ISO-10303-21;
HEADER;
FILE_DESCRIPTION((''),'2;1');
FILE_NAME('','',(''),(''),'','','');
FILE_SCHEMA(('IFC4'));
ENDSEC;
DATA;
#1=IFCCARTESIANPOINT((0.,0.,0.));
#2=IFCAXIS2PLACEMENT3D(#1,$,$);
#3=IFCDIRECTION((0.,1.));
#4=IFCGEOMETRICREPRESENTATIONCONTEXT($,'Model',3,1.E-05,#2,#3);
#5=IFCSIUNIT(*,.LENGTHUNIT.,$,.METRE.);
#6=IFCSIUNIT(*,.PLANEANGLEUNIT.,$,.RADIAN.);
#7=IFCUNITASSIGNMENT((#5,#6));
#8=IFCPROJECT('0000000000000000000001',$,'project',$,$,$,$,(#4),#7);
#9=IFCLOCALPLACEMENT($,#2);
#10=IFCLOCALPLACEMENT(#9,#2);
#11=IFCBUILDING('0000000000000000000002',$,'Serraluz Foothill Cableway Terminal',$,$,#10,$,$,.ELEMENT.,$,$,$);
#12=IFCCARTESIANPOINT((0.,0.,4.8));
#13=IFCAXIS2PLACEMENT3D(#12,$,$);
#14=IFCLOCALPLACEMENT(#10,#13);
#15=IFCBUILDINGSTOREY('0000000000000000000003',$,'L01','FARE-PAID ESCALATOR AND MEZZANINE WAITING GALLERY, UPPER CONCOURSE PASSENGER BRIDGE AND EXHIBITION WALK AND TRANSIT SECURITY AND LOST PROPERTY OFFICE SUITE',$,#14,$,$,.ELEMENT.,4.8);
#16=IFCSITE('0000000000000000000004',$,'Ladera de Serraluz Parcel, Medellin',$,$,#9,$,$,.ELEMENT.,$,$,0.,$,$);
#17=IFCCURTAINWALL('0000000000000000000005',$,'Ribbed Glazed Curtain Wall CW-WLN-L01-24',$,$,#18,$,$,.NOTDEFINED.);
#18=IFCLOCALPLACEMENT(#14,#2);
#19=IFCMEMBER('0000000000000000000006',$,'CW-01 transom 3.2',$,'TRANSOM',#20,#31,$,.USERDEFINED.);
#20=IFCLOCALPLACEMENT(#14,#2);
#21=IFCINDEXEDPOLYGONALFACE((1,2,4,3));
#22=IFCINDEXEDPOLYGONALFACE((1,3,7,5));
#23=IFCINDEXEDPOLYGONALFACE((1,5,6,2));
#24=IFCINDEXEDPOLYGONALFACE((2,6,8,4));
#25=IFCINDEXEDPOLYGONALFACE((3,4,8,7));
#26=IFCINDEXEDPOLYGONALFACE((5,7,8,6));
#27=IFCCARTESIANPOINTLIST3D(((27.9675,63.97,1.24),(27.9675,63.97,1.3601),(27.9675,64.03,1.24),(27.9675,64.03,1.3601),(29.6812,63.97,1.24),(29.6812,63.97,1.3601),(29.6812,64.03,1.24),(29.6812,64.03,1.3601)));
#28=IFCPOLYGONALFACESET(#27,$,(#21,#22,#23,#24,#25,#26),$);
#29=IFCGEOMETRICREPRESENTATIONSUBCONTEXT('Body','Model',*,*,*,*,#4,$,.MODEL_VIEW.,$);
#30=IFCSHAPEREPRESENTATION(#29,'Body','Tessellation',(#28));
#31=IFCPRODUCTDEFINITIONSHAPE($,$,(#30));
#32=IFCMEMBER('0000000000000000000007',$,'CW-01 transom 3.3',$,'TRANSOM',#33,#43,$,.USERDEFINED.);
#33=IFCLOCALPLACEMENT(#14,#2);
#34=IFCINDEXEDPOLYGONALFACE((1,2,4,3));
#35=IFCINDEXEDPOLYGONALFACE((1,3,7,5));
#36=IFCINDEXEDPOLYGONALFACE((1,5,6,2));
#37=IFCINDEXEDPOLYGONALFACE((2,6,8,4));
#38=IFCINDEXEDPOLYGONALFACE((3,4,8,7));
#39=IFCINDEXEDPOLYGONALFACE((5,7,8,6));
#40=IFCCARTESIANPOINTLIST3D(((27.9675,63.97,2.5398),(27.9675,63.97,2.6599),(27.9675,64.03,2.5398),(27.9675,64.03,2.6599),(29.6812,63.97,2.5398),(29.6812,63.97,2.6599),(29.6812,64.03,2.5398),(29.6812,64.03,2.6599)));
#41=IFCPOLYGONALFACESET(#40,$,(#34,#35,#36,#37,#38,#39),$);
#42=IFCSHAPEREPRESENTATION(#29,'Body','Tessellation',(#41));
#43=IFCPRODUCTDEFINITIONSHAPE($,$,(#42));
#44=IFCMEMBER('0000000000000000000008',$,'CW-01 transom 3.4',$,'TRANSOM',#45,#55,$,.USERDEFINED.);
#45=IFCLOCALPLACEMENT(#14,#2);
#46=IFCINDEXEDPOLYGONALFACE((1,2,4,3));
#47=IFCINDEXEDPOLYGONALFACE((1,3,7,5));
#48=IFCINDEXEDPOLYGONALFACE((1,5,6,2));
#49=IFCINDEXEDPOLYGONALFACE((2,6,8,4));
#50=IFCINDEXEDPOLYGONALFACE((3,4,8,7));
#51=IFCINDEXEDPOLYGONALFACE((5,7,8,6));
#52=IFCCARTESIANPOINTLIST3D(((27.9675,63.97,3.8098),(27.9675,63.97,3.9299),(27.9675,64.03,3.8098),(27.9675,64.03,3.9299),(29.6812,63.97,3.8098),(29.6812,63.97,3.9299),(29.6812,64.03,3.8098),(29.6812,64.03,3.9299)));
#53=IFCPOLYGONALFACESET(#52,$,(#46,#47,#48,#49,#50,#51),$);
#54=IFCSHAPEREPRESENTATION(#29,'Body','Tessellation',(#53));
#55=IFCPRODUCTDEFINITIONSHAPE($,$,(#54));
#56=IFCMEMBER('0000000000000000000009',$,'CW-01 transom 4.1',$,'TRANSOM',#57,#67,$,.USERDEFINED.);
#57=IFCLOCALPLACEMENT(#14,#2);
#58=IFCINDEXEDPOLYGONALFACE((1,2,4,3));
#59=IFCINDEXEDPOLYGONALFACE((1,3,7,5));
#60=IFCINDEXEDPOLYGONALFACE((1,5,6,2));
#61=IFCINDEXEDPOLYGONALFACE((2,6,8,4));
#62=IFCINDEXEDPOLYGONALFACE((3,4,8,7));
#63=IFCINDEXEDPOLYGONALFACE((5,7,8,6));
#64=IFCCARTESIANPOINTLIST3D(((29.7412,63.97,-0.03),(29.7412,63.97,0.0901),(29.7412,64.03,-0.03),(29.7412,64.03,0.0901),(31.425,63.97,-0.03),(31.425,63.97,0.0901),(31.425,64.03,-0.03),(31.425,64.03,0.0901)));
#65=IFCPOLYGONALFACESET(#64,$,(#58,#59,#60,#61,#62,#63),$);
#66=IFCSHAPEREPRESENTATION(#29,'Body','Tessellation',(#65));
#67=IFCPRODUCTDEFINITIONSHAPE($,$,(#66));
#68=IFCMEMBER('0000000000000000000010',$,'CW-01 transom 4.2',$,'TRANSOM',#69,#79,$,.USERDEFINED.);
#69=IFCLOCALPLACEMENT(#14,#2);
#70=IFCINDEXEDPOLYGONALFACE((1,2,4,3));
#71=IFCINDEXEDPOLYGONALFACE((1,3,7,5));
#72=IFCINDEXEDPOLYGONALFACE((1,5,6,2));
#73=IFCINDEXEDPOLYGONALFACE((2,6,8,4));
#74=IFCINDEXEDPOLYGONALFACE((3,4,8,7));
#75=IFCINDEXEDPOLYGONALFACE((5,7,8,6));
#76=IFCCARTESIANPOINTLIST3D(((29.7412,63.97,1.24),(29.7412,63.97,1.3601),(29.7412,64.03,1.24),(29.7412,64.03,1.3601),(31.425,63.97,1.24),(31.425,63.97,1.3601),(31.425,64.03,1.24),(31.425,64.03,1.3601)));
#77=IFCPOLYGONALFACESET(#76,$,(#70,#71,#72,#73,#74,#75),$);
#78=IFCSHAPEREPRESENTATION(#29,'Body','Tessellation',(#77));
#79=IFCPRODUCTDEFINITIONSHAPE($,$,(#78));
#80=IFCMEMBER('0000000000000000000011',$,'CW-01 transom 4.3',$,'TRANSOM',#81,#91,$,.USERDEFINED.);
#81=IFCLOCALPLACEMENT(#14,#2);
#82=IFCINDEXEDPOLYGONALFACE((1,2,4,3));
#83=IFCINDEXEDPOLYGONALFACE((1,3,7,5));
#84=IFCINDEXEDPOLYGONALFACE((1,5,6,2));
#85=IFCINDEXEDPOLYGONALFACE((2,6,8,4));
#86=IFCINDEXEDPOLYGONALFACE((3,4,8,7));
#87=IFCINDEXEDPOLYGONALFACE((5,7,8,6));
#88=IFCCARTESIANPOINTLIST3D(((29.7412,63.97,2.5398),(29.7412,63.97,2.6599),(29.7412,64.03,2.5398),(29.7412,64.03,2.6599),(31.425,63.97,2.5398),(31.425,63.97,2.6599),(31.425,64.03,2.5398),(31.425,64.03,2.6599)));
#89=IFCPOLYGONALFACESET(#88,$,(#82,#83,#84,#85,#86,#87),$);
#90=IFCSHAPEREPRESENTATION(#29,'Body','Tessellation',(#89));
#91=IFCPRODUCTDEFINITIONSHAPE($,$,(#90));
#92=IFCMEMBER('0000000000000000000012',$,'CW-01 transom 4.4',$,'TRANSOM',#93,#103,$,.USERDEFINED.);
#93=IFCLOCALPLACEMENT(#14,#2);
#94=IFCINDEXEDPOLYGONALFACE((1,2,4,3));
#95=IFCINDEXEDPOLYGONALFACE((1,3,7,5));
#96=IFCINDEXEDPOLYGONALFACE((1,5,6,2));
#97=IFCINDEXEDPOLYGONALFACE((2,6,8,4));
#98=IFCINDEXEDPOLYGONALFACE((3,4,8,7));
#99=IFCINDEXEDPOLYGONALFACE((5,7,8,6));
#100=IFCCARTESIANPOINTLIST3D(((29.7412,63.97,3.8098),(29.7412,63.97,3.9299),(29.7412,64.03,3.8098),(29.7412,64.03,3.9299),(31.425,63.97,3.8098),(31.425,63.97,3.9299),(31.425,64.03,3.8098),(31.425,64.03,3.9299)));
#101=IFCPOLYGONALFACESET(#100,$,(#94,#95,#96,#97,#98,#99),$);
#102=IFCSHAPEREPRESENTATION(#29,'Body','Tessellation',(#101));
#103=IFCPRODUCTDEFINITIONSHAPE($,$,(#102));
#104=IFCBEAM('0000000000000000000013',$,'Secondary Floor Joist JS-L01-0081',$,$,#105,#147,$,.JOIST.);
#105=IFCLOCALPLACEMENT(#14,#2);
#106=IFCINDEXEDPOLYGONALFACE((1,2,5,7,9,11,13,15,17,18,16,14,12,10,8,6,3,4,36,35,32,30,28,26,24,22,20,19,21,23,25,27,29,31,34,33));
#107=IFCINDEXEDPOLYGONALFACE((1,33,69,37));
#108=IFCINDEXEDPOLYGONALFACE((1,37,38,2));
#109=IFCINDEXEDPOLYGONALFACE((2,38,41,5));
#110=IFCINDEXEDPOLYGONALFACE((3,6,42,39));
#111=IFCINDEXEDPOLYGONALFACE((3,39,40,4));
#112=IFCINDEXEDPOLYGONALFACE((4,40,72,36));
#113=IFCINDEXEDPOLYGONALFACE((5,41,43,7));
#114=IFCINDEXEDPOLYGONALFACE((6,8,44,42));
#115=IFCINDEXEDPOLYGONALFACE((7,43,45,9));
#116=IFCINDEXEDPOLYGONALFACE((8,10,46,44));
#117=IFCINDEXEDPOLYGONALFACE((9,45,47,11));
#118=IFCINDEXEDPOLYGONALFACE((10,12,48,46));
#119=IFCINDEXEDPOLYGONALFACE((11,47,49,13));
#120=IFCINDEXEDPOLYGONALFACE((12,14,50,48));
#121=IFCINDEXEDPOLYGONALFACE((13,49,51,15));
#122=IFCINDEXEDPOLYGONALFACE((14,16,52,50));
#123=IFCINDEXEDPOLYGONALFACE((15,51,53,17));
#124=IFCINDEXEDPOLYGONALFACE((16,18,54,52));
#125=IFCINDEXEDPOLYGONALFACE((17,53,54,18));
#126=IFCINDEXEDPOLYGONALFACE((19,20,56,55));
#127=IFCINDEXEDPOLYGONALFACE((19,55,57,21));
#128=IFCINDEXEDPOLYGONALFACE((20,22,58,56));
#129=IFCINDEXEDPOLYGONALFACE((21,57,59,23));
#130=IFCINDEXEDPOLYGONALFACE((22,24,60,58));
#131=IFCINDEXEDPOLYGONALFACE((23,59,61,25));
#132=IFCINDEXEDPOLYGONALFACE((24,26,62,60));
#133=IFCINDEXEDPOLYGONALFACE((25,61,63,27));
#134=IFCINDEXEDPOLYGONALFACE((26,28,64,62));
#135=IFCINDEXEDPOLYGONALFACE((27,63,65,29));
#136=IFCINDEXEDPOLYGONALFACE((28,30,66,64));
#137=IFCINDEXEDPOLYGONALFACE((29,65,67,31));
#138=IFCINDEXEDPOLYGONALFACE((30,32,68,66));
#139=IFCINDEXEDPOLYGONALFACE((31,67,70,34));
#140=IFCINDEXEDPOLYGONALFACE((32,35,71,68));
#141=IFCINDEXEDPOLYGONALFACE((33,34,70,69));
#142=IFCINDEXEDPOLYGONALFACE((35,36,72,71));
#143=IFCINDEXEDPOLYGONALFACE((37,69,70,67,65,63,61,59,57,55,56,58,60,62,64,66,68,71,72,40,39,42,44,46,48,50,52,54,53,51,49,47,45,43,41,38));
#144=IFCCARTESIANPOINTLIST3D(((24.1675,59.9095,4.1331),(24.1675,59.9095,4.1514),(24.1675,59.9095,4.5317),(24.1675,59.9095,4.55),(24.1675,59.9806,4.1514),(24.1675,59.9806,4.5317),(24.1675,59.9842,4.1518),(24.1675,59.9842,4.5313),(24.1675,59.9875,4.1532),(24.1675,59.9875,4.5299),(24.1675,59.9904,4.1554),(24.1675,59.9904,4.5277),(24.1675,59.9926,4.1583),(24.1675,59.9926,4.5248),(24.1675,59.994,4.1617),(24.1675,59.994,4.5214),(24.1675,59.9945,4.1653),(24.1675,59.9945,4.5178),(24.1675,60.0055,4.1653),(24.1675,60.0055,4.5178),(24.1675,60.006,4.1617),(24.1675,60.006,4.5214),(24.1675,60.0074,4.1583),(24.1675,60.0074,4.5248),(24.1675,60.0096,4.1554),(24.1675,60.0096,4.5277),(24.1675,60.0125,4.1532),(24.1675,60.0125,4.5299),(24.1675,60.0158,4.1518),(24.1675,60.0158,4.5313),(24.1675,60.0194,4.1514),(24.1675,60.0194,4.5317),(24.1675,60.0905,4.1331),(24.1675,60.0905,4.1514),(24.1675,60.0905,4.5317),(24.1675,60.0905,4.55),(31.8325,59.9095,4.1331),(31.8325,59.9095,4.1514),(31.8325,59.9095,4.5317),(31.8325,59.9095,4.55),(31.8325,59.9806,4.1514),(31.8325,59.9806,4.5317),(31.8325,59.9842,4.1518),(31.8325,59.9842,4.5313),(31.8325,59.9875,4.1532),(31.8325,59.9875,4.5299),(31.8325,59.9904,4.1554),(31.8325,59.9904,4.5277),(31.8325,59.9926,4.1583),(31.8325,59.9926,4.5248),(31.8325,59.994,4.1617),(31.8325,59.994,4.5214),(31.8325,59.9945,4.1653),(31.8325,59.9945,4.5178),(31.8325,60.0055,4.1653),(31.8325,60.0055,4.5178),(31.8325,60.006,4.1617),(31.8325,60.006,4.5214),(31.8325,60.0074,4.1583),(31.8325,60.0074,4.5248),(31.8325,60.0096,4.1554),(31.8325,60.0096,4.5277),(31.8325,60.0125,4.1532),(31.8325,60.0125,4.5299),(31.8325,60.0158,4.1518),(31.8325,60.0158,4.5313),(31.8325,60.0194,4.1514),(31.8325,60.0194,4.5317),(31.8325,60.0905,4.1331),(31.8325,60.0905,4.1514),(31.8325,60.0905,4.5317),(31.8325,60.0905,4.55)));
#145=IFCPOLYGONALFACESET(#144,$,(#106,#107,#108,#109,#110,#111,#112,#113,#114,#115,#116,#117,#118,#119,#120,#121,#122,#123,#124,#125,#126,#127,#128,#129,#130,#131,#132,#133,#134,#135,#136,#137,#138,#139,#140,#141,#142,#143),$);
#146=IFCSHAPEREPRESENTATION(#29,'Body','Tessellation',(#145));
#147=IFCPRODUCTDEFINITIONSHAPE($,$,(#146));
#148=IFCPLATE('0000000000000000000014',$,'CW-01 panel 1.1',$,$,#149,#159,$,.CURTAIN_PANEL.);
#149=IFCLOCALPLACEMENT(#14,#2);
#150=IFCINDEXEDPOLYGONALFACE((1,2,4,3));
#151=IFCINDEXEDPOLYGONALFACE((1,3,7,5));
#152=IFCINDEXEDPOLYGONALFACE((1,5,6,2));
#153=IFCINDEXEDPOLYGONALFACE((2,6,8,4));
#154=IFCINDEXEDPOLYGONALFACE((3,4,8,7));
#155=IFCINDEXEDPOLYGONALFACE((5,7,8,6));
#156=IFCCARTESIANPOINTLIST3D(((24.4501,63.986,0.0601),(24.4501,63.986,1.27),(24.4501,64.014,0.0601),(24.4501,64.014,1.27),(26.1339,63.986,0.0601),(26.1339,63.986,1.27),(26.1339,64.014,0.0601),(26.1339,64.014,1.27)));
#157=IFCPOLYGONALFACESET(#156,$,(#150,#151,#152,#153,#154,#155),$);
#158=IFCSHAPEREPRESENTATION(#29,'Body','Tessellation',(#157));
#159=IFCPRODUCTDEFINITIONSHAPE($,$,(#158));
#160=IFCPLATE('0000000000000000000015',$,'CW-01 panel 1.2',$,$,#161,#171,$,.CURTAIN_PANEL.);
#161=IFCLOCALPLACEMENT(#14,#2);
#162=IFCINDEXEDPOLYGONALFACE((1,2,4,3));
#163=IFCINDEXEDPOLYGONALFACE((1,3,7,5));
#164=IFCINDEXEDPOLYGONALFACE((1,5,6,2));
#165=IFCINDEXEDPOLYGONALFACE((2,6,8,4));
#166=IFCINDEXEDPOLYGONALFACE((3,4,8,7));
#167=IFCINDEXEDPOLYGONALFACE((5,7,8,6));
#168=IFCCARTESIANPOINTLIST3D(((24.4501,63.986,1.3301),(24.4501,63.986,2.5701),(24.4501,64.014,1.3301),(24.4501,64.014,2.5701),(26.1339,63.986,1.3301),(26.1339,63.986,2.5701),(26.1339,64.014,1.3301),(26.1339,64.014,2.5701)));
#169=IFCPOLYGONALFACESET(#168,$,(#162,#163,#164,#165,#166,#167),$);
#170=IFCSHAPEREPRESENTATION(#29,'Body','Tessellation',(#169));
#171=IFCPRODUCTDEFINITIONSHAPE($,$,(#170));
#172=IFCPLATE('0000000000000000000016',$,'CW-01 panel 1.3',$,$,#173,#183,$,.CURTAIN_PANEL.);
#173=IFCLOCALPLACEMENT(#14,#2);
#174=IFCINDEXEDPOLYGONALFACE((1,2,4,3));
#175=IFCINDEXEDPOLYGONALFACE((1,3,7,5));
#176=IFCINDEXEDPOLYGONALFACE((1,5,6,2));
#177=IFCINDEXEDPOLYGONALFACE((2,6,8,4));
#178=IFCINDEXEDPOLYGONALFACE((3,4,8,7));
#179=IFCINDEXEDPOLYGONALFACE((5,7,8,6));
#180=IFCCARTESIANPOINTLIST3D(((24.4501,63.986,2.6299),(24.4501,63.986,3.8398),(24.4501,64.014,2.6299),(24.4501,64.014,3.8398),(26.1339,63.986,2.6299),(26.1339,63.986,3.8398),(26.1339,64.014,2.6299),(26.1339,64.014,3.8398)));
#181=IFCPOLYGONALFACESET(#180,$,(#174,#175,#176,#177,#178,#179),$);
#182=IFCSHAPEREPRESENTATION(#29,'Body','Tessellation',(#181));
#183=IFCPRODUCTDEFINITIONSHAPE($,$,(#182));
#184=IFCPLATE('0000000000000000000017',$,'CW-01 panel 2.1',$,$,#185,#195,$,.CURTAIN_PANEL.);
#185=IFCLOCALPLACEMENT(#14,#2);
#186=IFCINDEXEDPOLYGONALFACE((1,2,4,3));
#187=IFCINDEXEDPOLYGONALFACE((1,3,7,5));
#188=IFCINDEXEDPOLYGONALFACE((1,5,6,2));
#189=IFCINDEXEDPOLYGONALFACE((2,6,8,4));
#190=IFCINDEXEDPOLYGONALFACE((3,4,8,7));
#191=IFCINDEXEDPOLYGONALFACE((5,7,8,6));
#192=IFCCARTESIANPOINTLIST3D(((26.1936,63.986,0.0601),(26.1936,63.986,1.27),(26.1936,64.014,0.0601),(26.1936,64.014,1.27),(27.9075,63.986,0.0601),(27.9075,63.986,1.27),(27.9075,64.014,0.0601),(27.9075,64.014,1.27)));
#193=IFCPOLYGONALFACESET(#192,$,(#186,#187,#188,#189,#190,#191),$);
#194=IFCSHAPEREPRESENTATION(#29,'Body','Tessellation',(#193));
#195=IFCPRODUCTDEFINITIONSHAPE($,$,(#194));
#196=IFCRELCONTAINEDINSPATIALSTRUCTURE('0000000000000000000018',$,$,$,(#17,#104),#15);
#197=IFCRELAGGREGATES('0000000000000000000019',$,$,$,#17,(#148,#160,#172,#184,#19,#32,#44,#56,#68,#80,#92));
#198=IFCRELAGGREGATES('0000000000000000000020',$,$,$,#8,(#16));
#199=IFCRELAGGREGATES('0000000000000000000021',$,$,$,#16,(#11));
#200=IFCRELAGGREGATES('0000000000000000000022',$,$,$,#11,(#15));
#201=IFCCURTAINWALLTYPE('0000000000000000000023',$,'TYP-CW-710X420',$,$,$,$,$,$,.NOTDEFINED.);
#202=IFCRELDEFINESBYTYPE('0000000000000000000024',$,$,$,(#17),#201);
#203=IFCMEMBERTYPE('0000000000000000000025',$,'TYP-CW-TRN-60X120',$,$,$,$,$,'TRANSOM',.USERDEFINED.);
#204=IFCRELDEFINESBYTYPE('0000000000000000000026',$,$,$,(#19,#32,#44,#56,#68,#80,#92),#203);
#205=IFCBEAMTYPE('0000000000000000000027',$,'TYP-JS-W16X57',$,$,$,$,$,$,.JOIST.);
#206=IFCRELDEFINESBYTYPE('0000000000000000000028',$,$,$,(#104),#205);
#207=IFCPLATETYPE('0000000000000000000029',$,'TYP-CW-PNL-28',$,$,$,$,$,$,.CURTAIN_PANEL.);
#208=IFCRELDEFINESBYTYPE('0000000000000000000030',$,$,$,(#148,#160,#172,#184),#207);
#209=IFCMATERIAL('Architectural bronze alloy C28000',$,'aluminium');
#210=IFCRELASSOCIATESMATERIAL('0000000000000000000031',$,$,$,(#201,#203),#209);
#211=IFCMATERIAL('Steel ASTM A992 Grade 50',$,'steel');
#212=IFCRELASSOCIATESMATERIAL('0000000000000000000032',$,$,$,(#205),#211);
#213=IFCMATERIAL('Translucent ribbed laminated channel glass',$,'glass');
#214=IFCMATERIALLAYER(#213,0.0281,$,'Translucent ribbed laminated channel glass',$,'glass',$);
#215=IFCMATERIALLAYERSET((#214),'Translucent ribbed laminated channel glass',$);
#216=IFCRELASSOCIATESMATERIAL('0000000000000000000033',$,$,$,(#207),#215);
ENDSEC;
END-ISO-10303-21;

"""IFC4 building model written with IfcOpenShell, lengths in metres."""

from ifc_helpers import new_model, si_unit, direction, frame, origin, origin_2d, place, context, subcontext, project, spatial, rectangle, i_section, extrude, material, layer, layer_set, material_profile, profile_set, type_object, element, aggregate, save


model = new_model("IFC4")

# Units and contexts
model_context = context("Model", 3, precision=1e-05, world=origin(), true_north=direction((0.0, 1.0)))
body_context = subcontext(model_context, "Body", "Model", "MODEL_VIEW")
ifc_project = project(units=[si_unit("LENGTHUNIT", "METRE"), si_unit("PLANEANGLEUNIT", "RADIAN")], contexts=[model_context])

# Site, building, storey
site_placement = place(None, origin())
site = spatial("IfcSite", under=ifc_project, at=site_placement, Name="Ladera de Serraluz Parcel, Medellin", CompositionType="ELEMENT", RefElevation=0.0)
building_placement = place(site_placement, origin())
building = spatial("IfcBuilding", under=site, at=building_placement, Name="Serraluz Foothill Cableway Terminal", CompositionType="ELEMENT")
storey_placement = place(building_placement, frame((0.0, 0.0, 4.8)))
storey = spatial("IfcBuildingStorey", under=building, at=storey_placement, Name="L01", Description="FARE-PAID ESCALATOR AND MEZZANINE WAITING GALLERY, UPPER CONCOURSE PASSENGER BRIDGE AND EXHIBITION WALK AND TRANSIT SECURITY AND LOST PROPERTY OFFICE SUITE", CompositionType="ELEMENT", Elevation=4.8)

# Curtain wall, members
ifc_material_1 = material(Name="Architectural bronze alloy C28000", Category="aluminium")
curtain_wall_type = type_object("IfcCurtainWallType", Name="TYP-CW-710X420", PredefinedType="NOTDEFINED", material=ifc_material_1)
curtain_wall_placement = place(storey_placement, origin())
curtain_wall = element("IfcCurtainWall", 1, at=curtain_wall_placement, inside=storey, type_object=curtain_wall_type, Name="Ribbed Glazed Curtain Wall CW-WLN-L01-24", PredefinedType="NOTDEFINED")
ifc_material_profile_1 = material_profile(ifc_material_1, rectangle(XDim=0.0601, YDim=0.1201, at=origin_2d()), Name="ALU TRANSOM 60x120")
ifc_profile_set_1 = profile_set([ifc_material_profile_1], Name="Architectural bronze alloy C28000")
member_type_1 = type_object("IfcMemberType", Name="TYP-CW-TRN-60X120", ElementType="TRANSOM", PredefinedType="USERDEFINED", material=ifc_profile_set_1)
member_1_placement = place(storey_placement, frame((27.9675, 64.0, 1.3), z_axis=(1.0, 0.0, 0.0), x_axis=(0.0, 1.0, 0.0)))
member_1 = element("IfcMember", 2, at=member_1_placement, type_object=member_type_1, Name="CW-01 transom 3.2", ObjectType="TRANSOM", PredefinedType="USERDEFINED", context=body_context, shape_type="SweptSolid", body=[
    extrude(rectangle(XDim=0.0601, YDim=0.1201, at=origin_2d()), origin(), (0.0, 0.0, 1.0), 1.7136),
])
member_2_placement = place(storey_placement, frame((27.9675, 64.0, 2.5999), z_axis=(1.0, 0.0, 0.0), x_axis=(0.0, 1.0, 0.0)))
member_2 = element("IfcMember", 3, at=member_2_placement, type_object=member_type_1, Name="CW-01 transom 3.3", ObjectType="TRANSOM", PredefinedType="USERDEFINED", context=body_context, shape_type="SweptSolid", body=[
    extrude(rectangle(XDim=0.0601, YDim=0.1201, at=origin_2d()), origin(), (0.0, 0.0, 1.0), 1.7136),
])
member_3_placement = place(storey_placement, frame((27.9675, 64.0, 3.8699), z_axis=(1.0, 0.0, 0.0), x_axis=(0.0, 1.0, 0.0)))
member_3 = element("IfcMember", 4, at=member_3_placement, type_object=member_type_1, Name="CW-01 transom 3.4", ObjectType="TRANSOM", PredefinedType="USERDEFINED", context=body_context, shape_type="SweptSolid", body=[
    extrude(rectangle(XDim=0.0601, YDim=0.1201, at=origin_2d()), origin(), (0.0, 0.0, 1.0), 1.7136),
])
member_4_placement = place(storey_placement, frame((29.7412, 64.0, 0.03), z_axis=(1.0, 0.0, 0.0), x_axis=(0.0, 1.0, 0.0)))
member_4 = element("IfcMember", 5, at=member_4_placement, type_object=member_type_1, Name="CW-01 transom 4.1", ObjectType="TRANSOM", PredefinedType="USERDEFINED", context=body_context, shape_type="SweptSolid", body=[
    extrude(rectangle(XDim=0.0601, YDim=0.1201, at=origin_2d()), origin(), (0.0, 0.0, 1.0), 1.6838),
])
member_5_placement = place(storey_placement, frame((29.7412, 64.0, 1.3), z_axis=(1.0, 0.0, 0.0), x_axis=(0.0, 1.0, 0.0)))
member_5 = element("IfcMember", 6, at=member_5_placement, type_object=member_type_1, Name="CW-01 transom 4.2", ObjectType="TRANSOM", PredefinedType="USERDEFINED", context=body_context, shape_type="SweptSolid", body=[
    extrude(rectangle(XDim=0.0601, YDim=0.1201, at=origin_2d()), origin(), (0.0, 0.0, 1.0), 1.6838),
])
member_6_placement = place(storey_placement, frame((29.7412, 64.0, 2.5999), z_axis=(1.0, 0.0, 0.0), x_axis=(0.0, 1.0, 0.0)))
member_6 = element("IfcMember", 7, at=member_6_placement, type_object=member_type_1, Name="CW-01 transom 4.3", ObjectType="TRANSOM", PredefinedType="USERDEFINED", context=body_context, shape_type="SweptSolid", body=[
    extrude(rectangle(XDim=0.0601, YDim=0.1201, at=origin_2d()), origin(), (0.0, 0.0, 1.0), 1.6838),
])
member_7_placement = place(storey_placement, frame((29.7412, 64.0, 3.8699), z_axis=(1.0, 0.0, 0.0), x_axis=(0.0, 1.0, 0.0)))
member_7 = element("IfcMember", 8, at=member_7_placement, type_object=member_type_1, Name="CW-01 transom 4.4", ObjectType="TRANSOM", PredefinedType="USERDEFINED", context=body_context, shape_type="SweptSolid", body=[
    extrude(rectangle(XDim=0.0601, YDim=0.1201, at=origin_2d()), origin(), (0.0, 0.0, 1.0), 1.6838),
])

# Beam
ifc_material_2 = material(Name="Steel ASTM A992 Grade 50", Category="steel")
ifc_material_profile_2 = material_profile(ifc_material_2, i_section(OverallWidth=0.1809, OverallDepth=0.417, WebThickness=0.011, FlangeThickness=0.0183, FilletRadius=0.0139, at=origin_2d()), Name="W16X57")
ifc_profile_set_2 = profile_set([ifc_material_profile_2], Name="Steel ASTM A992 Grade 50")
beam_type_1 = type_object("IfcBeamType", Name="TYP-JS-W16X57", PredefinedType="JOIST", material=ifc_profile_set_2)
beam_1_placement = place(storey_placement, frame((24.1675, 60.0, 4.3416), z_axis=(1.0, 0.0, 0.0), x_axis=(0.0, 1.0, 0.0)))
element("IfcBeam", 9, at=beam_1_placement, inside=storey, type_object=beam_type_1, Name="Secondary Floor Joist JS-L01-0081", PredefinedType="JOIST", context=body_context, shape_type="SweptSolid", body=[
    extrude(i_section(OverallWidth=0.1809, OverallDepth=0.417, WebThickness=0.011, FlangeThickness=0.0183, FilletRadius=0.0139, at=origin_2d()), origin(), (0.0, 0.0, 1.0), 7.665),
])

# Plates
ifc_material_3 = material(Name="Translucent ribbed laminated channel glass", Category="glass")
ifc_layer = layer(ifc_material_3, 0.0281, Name="Translucent ribbed laminated channel glass", Category="glass")
ifc_layer_set = layer_set([ifc_layer], Name="Translucent ribbed laminated channel glass")
plate_type = type_object("IfcPlateType", Name="TYP-CW-PNL-28", PredefinedType="CURTAIN_PANEL", material=ifc_layer_set)
plate_1_placement = place(storey_placement, frame((25.292, 64.0, 0.0601), z_axis=(0.0, 0.0, 1.0), x_axis=(1.0, 0.0, 0.0)))
plate_1 = element("IfcPlate", 10, at=plate_1_placement, type_object=plate_type, Name="CW-01 panel 1.1", PredefinedType="CURTAIN_PANEL", context=body_context, shape_type="SweptSolid", body=[
    extrude(rectangle(XDim=1.6838, YDim=0.0281, at=origin_2d()), origin(), (0.0, 0.0, 1.0), 1.21),
])
plate_2_placement = place(storey_placement, frame((25.292, 64.0, 1.3301), z_axis=(0.0, 0.0, 1.0), x_axis=(1.0, 0.0, 0.0)))
plate_2 = element("IfcPlate", 11, at=plate_2_placement, type_object=plate_type, Name="CW-01 panel 1.2", PredefinedType="CURTAIN_PANEL", context=body_context, shape_type="SweptSolid", body=[
    extrude(rectangle(XDim=1.6838, YDim=0.0281, at=origin_2d()), origin(), (0.0, 0.0, 1.0), 1.24),
])
plate_3_placement = place(storey_placement, frame((25.292, 64.0, 2.6299), z_axis=(0.0, 0.0, 1.0), x_axis=(1.0, 0.0, 0.0)))
plate_3 = element("IfcPlate", 12, at=plate_3_placement, type_object=plate_type, Name="CW-01 panel 1.3", PredefinedType="CURTAIN_PANEL", context=body_context, shape_type="SweptSolid", body=[
    extrude(rectangle(XDim=1.6838, YDim=0.0281, at=origin_2d()), origin(), (0.0, 0.0, 1.0), 1.21),
])
plate_4_placement = place(storey_placement, frame((27.0505, 64.0, 0.0601), z_axis=(0.0, 0.0, 1.0), x_axis=(1.0, 0.0, 0.0)))
plate_4 = element("IfcPlate", 13, at=plate_4_placement, type_object=plate_type, Name="CW-01 panel 2.1", PredefinedType="CURTAIN_PANEL", context=body_context, shape_type="SweptSolid", body=[
    extrude(rectangle(XDim=1.7139, YDim=0.0281, at=origin_2d()), origin(), (0.0, 0.0, 1.0), 1.21),
])
aggregate(curtain_wall, [plate_1, plate_2, plate_3, plate_4, member_1, member_2, member_3, member_4, member_5, member_6, member_7])

save(model, "model.ifc")
